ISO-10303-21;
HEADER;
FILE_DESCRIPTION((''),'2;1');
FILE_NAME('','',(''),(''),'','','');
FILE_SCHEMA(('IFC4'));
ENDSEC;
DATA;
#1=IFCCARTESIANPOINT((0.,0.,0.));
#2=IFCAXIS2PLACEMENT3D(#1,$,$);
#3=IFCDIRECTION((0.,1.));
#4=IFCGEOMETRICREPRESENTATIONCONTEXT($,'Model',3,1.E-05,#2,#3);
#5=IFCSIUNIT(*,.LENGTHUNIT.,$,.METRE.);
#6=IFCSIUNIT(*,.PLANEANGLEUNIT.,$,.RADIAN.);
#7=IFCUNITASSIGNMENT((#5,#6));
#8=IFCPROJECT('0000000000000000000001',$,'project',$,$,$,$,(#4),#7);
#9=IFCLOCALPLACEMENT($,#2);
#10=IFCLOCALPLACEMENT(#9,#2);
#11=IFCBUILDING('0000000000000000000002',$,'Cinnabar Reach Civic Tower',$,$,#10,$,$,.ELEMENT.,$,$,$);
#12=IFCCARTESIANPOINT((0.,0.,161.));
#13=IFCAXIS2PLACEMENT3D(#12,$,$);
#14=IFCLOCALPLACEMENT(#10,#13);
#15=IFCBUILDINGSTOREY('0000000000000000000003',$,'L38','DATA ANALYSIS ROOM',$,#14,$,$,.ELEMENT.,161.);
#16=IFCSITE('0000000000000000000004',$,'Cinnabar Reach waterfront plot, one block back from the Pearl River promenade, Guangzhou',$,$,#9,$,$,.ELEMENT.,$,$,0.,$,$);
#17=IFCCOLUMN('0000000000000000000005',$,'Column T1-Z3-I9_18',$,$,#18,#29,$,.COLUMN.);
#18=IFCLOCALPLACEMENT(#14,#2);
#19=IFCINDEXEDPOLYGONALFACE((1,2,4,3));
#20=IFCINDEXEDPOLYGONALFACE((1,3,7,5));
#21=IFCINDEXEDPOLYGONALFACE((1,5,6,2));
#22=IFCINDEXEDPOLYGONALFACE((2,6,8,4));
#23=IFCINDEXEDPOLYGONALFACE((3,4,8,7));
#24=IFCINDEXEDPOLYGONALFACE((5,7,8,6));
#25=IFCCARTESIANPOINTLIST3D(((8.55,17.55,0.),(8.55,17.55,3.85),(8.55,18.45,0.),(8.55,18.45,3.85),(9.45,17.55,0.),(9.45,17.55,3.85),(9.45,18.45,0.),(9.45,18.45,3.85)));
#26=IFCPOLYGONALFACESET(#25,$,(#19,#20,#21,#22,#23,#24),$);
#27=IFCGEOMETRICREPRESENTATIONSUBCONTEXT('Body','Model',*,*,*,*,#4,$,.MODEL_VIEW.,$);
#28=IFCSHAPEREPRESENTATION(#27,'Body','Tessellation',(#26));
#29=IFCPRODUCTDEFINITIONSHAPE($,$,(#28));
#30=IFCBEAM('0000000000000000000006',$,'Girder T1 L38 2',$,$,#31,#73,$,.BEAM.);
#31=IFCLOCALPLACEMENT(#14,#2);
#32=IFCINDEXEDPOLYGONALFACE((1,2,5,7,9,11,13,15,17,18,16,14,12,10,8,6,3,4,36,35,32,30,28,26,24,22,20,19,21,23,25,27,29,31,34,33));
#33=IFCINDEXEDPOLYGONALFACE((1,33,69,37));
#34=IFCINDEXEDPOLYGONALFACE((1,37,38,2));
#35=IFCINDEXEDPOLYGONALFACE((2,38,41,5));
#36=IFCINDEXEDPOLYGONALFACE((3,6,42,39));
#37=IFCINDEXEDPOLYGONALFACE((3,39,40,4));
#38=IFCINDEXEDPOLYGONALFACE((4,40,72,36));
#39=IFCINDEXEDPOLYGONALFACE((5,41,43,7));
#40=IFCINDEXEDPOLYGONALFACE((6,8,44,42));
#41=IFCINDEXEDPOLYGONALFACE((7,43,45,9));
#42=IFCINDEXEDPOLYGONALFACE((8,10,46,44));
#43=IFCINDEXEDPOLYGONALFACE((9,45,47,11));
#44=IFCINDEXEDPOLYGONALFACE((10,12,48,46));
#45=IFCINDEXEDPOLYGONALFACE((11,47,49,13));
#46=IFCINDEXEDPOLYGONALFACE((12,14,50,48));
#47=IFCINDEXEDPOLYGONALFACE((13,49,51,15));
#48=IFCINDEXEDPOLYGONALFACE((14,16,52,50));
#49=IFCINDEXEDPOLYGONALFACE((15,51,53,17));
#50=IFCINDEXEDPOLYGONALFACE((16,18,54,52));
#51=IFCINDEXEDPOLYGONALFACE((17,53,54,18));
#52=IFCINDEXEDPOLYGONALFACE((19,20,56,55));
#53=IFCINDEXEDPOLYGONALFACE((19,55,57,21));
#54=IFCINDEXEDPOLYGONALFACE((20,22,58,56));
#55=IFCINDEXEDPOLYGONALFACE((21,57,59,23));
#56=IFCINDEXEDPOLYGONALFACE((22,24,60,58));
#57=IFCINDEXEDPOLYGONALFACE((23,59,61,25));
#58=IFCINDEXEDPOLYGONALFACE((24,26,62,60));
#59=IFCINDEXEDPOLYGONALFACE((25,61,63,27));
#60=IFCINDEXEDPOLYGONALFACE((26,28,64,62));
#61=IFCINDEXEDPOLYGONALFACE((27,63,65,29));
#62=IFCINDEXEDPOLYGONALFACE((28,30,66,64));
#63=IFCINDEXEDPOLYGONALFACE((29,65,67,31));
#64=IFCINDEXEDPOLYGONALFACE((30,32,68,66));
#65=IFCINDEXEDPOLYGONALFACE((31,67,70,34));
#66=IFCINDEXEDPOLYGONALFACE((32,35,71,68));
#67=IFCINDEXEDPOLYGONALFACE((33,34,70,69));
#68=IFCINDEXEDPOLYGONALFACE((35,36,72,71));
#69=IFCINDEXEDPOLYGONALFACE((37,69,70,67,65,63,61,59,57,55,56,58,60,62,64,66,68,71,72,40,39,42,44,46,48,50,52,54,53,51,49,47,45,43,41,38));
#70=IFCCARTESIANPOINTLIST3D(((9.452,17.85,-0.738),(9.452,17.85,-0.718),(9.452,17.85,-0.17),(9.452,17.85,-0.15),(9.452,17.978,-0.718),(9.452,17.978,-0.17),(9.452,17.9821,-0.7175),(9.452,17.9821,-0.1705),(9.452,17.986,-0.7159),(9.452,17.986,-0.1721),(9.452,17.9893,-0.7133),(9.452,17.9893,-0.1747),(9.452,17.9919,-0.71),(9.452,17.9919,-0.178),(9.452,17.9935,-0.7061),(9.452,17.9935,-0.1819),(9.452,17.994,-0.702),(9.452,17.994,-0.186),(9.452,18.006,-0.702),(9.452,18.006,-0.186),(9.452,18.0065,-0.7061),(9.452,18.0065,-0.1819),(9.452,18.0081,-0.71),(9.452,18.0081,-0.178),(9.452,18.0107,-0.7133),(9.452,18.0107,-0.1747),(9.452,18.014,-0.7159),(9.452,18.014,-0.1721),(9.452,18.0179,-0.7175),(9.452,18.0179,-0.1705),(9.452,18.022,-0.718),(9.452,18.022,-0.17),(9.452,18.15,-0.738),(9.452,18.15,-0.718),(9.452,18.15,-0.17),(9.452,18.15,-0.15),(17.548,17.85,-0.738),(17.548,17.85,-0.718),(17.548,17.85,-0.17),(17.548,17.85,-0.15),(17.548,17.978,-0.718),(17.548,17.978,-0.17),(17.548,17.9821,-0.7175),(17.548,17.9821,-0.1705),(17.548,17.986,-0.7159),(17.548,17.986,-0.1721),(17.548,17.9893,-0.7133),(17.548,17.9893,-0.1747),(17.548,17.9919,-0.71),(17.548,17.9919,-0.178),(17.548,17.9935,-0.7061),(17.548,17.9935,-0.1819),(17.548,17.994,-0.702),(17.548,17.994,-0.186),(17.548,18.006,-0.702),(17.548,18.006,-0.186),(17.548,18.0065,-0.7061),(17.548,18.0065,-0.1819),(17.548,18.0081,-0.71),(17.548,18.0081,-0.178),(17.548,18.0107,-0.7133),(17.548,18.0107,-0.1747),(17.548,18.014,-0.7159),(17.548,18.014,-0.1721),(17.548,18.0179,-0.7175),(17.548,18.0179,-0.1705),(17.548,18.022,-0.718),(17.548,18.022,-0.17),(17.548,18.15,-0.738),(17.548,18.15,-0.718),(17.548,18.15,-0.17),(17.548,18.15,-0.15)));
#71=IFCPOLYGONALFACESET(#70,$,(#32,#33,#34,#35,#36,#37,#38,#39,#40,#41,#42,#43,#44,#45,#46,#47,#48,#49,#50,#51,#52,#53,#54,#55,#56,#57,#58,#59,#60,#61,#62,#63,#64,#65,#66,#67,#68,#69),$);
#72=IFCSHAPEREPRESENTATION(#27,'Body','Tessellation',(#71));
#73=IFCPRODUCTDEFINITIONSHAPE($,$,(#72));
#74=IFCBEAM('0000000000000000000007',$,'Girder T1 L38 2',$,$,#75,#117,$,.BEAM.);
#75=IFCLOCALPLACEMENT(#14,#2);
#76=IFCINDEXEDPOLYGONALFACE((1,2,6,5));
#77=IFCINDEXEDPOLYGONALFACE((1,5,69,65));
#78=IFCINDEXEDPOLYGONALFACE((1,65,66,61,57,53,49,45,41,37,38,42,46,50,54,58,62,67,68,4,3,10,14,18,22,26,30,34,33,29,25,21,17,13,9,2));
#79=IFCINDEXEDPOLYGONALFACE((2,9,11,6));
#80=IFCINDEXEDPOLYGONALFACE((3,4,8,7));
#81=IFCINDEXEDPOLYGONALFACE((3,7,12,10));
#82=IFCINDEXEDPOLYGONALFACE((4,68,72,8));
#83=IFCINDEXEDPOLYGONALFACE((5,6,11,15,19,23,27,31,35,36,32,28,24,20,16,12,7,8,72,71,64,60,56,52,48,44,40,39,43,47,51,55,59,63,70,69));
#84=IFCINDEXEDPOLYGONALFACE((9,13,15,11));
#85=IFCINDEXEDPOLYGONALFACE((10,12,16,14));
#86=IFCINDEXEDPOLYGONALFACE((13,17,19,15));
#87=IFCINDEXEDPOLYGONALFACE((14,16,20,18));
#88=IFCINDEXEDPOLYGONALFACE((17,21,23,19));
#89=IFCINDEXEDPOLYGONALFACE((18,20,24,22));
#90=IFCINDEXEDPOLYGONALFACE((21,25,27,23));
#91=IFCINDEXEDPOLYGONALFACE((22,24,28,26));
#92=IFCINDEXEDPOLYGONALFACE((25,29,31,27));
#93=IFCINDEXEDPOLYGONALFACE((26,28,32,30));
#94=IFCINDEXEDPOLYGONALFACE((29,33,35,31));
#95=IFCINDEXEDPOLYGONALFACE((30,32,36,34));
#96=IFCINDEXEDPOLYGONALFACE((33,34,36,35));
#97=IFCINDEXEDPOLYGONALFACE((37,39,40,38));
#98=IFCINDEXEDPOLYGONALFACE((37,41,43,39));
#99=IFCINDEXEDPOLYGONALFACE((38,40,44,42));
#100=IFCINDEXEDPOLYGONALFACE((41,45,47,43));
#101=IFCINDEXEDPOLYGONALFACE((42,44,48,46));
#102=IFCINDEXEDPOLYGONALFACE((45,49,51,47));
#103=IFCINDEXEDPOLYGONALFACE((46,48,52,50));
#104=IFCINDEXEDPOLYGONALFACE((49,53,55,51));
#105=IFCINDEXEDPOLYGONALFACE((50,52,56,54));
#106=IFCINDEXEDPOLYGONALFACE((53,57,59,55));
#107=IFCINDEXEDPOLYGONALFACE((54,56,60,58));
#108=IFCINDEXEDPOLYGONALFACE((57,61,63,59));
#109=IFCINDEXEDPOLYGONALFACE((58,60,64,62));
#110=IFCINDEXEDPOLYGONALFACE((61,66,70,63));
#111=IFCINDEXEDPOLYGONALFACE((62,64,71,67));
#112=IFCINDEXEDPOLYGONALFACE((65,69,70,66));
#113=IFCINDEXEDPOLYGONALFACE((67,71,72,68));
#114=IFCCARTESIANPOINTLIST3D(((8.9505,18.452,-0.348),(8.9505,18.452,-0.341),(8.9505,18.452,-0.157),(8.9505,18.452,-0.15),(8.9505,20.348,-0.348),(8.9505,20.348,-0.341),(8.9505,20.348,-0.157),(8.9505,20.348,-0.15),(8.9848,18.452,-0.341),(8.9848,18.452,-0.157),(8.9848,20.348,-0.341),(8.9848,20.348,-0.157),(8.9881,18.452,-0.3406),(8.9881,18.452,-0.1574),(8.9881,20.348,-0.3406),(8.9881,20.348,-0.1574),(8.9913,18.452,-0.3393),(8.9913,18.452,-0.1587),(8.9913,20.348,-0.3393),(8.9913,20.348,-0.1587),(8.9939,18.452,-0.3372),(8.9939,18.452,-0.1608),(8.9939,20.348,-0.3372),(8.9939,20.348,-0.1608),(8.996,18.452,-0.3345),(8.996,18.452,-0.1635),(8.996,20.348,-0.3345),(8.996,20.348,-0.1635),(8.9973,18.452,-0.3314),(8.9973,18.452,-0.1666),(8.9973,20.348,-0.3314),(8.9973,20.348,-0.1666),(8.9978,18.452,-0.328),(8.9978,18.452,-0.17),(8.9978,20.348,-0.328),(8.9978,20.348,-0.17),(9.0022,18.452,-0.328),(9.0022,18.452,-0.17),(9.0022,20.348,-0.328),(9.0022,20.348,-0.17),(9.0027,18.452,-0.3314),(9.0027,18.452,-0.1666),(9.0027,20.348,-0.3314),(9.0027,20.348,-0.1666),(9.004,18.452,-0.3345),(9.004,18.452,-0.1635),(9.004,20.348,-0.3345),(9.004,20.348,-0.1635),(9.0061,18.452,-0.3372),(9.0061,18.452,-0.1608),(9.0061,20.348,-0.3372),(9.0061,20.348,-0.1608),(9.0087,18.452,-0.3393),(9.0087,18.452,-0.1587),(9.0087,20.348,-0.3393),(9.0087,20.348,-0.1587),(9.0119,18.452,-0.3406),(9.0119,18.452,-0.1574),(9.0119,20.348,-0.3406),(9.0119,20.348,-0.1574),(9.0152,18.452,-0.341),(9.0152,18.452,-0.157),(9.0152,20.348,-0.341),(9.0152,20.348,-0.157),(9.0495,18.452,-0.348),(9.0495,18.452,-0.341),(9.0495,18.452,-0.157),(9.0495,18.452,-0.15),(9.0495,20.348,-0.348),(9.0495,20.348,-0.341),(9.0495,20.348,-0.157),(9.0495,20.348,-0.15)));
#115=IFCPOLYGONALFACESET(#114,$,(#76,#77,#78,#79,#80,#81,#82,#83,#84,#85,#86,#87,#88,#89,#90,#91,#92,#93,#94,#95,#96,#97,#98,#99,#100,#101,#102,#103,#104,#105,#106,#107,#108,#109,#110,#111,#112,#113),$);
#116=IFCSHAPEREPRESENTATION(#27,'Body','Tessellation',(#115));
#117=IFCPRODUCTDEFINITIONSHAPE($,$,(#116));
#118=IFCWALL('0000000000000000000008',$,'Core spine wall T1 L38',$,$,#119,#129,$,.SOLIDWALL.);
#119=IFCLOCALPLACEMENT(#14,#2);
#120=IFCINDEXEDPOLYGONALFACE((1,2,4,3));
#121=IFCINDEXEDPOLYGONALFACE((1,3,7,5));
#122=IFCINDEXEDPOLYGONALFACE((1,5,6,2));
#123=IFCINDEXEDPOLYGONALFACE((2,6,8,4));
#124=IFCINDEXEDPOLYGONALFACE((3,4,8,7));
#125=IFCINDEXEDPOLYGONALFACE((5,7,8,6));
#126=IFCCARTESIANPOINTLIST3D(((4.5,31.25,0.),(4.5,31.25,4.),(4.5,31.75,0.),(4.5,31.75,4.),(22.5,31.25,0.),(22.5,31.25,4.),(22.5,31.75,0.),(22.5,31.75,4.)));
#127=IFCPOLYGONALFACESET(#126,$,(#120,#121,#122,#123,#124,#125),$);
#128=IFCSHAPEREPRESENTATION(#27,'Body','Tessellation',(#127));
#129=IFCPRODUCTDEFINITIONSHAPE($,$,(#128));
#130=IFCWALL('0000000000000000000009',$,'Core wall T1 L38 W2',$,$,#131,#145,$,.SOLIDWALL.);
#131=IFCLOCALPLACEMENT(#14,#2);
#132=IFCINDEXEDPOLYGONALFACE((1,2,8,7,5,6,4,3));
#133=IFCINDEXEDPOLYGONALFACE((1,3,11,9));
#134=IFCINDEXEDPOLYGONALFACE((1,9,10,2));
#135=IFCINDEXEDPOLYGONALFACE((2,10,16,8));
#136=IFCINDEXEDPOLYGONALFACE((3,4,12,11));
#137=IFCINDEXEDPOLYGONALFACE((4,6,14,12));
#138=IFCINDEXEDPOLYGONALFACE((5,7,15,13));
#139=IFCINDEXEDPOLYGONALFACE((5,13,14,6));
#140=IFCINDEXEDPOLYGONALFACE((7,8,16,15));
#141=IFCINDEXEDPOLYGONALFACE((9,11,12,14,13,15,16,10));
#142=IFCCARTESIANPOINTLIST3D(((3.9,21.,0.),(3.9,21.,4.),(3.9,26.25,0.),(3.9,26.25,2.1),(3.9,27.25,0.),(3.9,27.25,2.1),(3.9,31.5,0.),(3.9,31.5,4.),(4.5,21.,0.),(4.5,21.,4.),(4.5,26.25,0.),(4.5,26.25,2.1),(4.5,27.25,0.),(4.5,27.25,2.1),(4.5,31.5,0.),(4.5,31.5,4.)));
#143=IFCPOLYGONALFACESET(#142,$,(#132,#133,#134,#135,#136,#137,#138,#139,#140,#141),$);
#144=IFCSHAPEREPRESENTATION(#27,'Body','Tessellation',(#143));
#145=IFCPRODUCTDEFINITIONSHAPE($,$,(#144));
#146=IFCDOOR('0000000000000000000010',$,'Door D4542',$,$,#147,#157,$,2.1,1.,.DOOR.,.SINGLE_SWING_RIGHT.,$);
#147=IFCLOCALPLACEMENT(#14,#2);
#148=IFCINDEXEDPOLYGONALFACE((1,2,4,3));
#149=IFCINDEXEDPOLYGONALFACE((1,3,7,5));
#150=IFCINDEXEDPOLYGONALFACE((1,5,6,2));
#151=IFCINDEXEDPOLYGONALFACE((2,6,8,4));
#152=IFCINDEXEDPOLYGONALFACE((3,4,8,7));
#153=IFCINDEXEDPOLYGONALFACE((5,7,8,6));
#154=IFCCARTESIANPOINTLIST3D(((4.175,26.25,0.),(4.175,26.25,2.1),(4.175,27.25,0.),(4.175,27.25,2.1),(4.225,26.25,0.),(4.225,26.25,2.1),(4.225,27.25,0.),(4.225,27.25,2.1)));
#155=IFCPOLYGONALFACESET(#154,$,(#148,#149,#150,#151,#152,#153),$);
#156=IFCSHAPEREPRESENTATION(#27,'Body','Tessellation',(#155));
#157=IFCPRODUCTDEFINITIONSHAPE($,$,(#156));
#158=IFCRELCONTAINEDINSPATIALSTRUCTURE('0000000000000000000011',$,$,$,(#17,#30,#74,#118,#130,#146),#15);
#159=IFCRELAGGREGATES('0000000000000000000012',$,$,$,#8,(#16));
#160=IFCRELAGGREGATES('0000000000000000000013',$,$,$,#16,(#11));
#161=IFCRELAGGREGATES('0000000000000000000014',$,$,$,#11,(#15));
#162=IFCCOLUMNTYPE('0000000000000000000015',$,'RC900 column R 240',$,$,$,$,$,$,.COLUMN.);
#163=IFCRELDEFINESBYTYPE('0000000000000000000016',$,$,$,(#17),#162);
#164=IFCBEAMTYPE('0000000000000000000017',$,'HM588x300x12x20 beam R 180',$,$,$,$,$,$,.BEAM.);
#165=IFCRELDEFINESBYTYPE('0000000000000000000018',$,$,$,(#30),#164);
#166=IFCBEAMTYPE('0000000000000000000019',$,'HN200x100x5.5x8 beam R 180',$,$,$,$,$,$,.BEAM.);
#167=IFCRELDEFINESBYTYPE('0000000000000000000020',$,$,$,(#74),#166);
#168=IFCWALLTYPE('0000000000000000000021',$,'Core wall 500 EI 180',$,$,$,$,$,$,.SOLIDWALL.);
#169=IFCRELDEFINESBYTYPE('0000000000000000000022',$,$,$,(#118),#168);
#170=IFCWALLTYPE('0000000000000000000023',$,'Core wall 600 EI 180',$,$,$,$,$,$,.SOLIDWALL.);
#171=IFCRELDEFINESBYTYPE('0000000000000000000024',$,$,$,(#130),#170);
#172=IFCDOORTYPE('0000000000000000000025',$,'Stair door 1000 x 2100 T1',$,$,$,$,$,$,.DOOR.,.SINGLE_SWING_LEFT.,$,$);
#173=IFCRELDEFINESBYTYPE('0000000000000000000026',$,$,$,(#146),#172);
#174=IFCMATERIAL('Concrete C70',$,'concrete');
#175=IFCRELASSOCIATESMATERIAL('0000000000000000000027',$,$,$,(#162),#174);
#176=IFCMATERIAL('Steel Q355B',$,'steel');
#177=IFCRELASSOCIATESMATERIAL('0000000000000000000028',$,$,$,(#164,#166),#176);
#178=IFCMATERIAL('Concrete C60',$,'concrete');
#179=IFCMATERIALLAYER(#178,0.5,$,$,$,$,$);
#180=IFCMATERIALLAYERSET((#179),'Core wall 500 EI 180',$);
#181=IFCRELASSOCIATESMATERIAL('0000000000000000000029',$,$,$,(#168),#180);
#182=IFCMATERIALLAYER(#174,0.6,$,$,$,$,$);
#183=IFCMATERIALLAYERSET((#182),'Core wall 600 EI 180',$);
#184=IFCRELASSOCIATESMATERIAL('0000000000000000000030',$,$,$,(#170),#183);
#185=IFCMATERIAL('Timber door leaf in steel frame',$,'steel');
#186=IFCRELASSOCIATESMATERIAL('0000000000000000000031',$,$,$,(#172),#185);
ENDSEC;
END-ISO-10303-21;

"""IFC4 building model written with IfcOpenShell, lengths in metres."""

from ifc_helpers import new_model, si_unit, direction, frame, frame_2d, origin, origin_2d, place, context, subcontext, project, spatial, rectangle, i_section, extrude, material, layer, layer_set, material_profile, profile_set, type_object, element, fill, save


model = new_model("IFC4")

# Units and contexts
model_context = context("Model", 3, precision=1e-05, world=origin(), true_north=direction((0.0, 1.0)))
body_context = subcontext(model_context, "Body", "Model", "MODEL_VIEW")
ifc_project = project(units=[si_unit("LENGTHUNIT", "METRE"), si_unit("PLANEANGLEUNIT", "RADIAN")], contexts=[model_context])

# Site, building, storey
site_placement = place(None, origin())
site = spatial("IfcSite", under=ifc_project, at=site_placement, Name="Cinnabar Reach waterfront plot, one block back from the Pearl River promenade, Guangzhou", CompositionType="ELEMENT", RefElevation=0.0)
building_placement = place(site_placement, origin())
building = spatial("IfcBuilding", under=site, at=building_placement, Name="Cinnabar Reach Civic Tower", CompositionType="ELEMENT")
storey_placement = place(building_placement, frame((0.0, 0.0, 161.0)))
storey = spatial("IfcBuildingStorey", under=building, at=storey_placement, Name="L38", Description="DATA ANALYSIS ROOM", CompositionType="ELEMENT", Elevation=161.0)

# Column
ifc_material_1 = material(Name="Concrete C70", Category="concrete")
ifc_material_profile_1 = material_profile(ifc_material_1, rectangle(XDim=0.9, YDim=0.9, at=origin_2d()), Name="RC900")
ifc_profile_set_1 = profile_set([ifc_material_profile_1], Name="Concrete C70")
column_type = type_object("IfcColumnType", Name="RC900 column R 240", PredefinedType="COLUMN", material=ifc_profile_set_1)
column_placement = place(storey_placement, frame((9.0, 18.0, 0.0), z_axis=(0.0, 0.0, 1.0), x_axis=(1.0, 0.0, 0.0)))
element("IfcColumn", 1, at=column_placement, inside=storey, type_object=column_type, Name="Column T1-Z3-I9_18", PredefinedType="COLUMN", context=body_context, shape_type="SweptSolid", body=[
    extrude(rectangle(XDim=0.9, YDim=0.9, at=origin_2d()), origin(), (0.0, 0.0, 1.0), 3.85),
])

# Beams
ifc_material_2 = material(Name="Steel Q355B", Category="steel")
ifc_material_profile_2 = material_profile(ifc_material_2, i_section(OverallWidth=0.3, OverallDepth=0.588, WebThickness=0.012, FlangeThickness=0.02, FilletRadius=0.016, at=origin_2d()), Name="HM588x300x12x20")
ifc_profile_set_2 = profile_set([ifc_material_profile_2], Name="Steel Q355B")
beam_type_1 = type_object("IfcBeamType", Name="HM588x300x12x20 beam R 180", PredefinedType="BEAM", material=ifc_profile_set_2)
beam_1_placement = place(storey_placement, frame((9.452, 18.0, -0.444), z_axis=(1.0, 0.0, 0.0), x_axis=(0.0, 1.0, 0.0)))
element("IfcBeam", 2, at=beam_1_placement, inside=storey, type_object=beam_type_1, Name="Girder T1 L38 2", PredefinedType="BEAM", context=body_context, shape_type="SweptSolid", body=[
    extrude(i_section(OverallWidth=0.3, OverallDepth=0.588, WebThickness=0.012, FlangeThickness=0.02, FilletRadius=0.016, at=origin_2d()), origin(), (0.0, 0.0, 1.0), 8.096),
])
ifc_material_profile_3 = material_profile(ifc_material_2, i_section(OverallWidth=0.099, OverallDepth=0.198, WebThickness=0.0045, FlangeThickness=0.007, FilletRadius=0.013, at=origin_2d()), Name="HN200x100x5.5x8")
ifc_profile_set_3 = profile_set([ifc_material_profile_3], Name="Steel Q355B")
beam_type_2 = type_object("IfcBeamType", Name="HN200x100x5.5x8 beam R 180", PredefinedType="BEAM", material=ifc_profile_set_3)
beam_2_placement = place(storey_placement, frame((9.0, 18.452, -0.249), z_axis=(0.0, 1.0, 0.0), x_axis=(-1.0, 0.0, 0.0)))
element("IfcBeam", 3, at=beam_2_placement, inside=storey, type_object=beam_type_2, Name="Girder T1 L38 2", PredefinedType="BEAM", context=body_context, shape_type="SweptSolid", body=[
    extrude(i_section(OverallWidth=0.099, OverallDepth=0.198, WebThickness=0.0045, FlangeThickness=0.007, FilletRadius=0.013, at=origin_2d()), origin(), (0.0, 0.0, 1.0), 1.896),
])

# Wall
ifc_material_3 = material(Name="Concrete C60", Category="concrete")
ifc_layer_1 = layer(ifc_material_3, 0.5)
ifc_layer_set_1 = layer_set([ifc_layer_1], Name="Core wall 500 EI 180")
wall_type_1 = type_object("IfcWallType", Name="Core wall 500 EI 180", PredefinedType="SOLIDWALL", material=ifc_layer_set_1)
wall_1_placement = place(storey_placement, frame((4.5, 31.5, 0.0), z_axis=(0.0, 0.0, 1.0), x_axis=(1.0, 0.0, 0.0)))
element("IfcWall", 4, at=wall_1_placement, inside=storey, type_object=wall_type_1, Name="Core spine wall T1 L38", PredefinedType="SOLIDWALL", context=body_context, shape_type="SweptSolid", body=[
    extrude(rectangle(XDim=18.0, YDim=0.5, at=frame_2d((9.0, 0.0))), origin(), (0.0, 0.0, 1.0), 4.0),
])

# Wall, opening, door
ifc_layer_2 = layer(ifc_material_1, 0.6)
ifc_layer_set_2 = layer_set([ifc_layer_2], Name="Core wall 600 EI 180")
wall_type_2 = type_object("IfcWallType", Name="Core wall 600 EI 180", PredefinedType="SOLIDWALL", material=ifc_layer_set_2)
wall_2_placement = place(storey_placement, frame((4.2, 31.5, 0.0), z_axis=(0.0, 0.0, 1.0), x_axis=(0.0, -1.0, 0.0)))
wall_2 = element("IfcWall", 5, at=wall_2_placement, inside=storey, type_object=wall_type_2, Name="Core wall T1 L38 W2", PredefinedType="SOLIDWALL", context=body_context, shape_type="SweptSolid", body=[
    extrude(rectangle(XDim=10.5, YDim=0.6, at=frame_2d((5.25, 0.0))), origin(), (0.0, 0.0, 1.0), 4.0),
])
opening_1_placement = place(wall_2_placement, frame((4.25, 0.0, 0.0)))
opening_1 = element("IfcOpeningElement", 6, at=opening_1_placement, cuts=wall_2, PredefinedType="OPENING", context=body_context, shape_type="SweptSolid", body=[
    extrude(rectangle(XDim=1.0, YDim=2.1, at=frame_2d((0.5, 1.05))), frame((0.0, 0.31, 0.0), z_axis=(0.0, -1.0, 0.0), x_axis=(1.0, 0.0, 0.0)), (0.0, 0.0, 1.0), 0.62),
])
ifc_material_4 = material(Name="Timber door leaf in steel frame", Category="steel")
door_type_1 = type_object("IfcDoorType", Name="Stair door 1000 x 2100 T1", OperationType="SINGLE_SWING_LEFT", PredefinedType="DOOR", material=ifc_material_4)
door_1_placement = place(opening_1_placement, frame((1.0, 0.0, 0.0), z_axis=(0.0, 0.0, 1.0), x_axis=(-1.0, 0.0, 0.0)))
door_1 = element("IfcDoor", 7, at=door_1_placement, inside=storey, type_object=door_type_1, Name="Door D4542", OperationType="SINGLE_SWING_RIGHT", OverallHeight=2.1, OverallWidth=1.0, PredefinedType="DOOR", context=body_context, shape_type="SweptSolid", body=[
    extrude(rectangle(XDim=1.0, YDim=2.1, at=frame_2d((0.5, 1.05))), frame((0.0, 0.025, 0.0), z_axis=(0.0, -1.0, 0.0), x_axis=(1.0, 0.0, 0.0)), (0.0, 0.0, 1.0), 0.05),
])
fill(opening_1, door_1)

save(model, "model.ifc")
